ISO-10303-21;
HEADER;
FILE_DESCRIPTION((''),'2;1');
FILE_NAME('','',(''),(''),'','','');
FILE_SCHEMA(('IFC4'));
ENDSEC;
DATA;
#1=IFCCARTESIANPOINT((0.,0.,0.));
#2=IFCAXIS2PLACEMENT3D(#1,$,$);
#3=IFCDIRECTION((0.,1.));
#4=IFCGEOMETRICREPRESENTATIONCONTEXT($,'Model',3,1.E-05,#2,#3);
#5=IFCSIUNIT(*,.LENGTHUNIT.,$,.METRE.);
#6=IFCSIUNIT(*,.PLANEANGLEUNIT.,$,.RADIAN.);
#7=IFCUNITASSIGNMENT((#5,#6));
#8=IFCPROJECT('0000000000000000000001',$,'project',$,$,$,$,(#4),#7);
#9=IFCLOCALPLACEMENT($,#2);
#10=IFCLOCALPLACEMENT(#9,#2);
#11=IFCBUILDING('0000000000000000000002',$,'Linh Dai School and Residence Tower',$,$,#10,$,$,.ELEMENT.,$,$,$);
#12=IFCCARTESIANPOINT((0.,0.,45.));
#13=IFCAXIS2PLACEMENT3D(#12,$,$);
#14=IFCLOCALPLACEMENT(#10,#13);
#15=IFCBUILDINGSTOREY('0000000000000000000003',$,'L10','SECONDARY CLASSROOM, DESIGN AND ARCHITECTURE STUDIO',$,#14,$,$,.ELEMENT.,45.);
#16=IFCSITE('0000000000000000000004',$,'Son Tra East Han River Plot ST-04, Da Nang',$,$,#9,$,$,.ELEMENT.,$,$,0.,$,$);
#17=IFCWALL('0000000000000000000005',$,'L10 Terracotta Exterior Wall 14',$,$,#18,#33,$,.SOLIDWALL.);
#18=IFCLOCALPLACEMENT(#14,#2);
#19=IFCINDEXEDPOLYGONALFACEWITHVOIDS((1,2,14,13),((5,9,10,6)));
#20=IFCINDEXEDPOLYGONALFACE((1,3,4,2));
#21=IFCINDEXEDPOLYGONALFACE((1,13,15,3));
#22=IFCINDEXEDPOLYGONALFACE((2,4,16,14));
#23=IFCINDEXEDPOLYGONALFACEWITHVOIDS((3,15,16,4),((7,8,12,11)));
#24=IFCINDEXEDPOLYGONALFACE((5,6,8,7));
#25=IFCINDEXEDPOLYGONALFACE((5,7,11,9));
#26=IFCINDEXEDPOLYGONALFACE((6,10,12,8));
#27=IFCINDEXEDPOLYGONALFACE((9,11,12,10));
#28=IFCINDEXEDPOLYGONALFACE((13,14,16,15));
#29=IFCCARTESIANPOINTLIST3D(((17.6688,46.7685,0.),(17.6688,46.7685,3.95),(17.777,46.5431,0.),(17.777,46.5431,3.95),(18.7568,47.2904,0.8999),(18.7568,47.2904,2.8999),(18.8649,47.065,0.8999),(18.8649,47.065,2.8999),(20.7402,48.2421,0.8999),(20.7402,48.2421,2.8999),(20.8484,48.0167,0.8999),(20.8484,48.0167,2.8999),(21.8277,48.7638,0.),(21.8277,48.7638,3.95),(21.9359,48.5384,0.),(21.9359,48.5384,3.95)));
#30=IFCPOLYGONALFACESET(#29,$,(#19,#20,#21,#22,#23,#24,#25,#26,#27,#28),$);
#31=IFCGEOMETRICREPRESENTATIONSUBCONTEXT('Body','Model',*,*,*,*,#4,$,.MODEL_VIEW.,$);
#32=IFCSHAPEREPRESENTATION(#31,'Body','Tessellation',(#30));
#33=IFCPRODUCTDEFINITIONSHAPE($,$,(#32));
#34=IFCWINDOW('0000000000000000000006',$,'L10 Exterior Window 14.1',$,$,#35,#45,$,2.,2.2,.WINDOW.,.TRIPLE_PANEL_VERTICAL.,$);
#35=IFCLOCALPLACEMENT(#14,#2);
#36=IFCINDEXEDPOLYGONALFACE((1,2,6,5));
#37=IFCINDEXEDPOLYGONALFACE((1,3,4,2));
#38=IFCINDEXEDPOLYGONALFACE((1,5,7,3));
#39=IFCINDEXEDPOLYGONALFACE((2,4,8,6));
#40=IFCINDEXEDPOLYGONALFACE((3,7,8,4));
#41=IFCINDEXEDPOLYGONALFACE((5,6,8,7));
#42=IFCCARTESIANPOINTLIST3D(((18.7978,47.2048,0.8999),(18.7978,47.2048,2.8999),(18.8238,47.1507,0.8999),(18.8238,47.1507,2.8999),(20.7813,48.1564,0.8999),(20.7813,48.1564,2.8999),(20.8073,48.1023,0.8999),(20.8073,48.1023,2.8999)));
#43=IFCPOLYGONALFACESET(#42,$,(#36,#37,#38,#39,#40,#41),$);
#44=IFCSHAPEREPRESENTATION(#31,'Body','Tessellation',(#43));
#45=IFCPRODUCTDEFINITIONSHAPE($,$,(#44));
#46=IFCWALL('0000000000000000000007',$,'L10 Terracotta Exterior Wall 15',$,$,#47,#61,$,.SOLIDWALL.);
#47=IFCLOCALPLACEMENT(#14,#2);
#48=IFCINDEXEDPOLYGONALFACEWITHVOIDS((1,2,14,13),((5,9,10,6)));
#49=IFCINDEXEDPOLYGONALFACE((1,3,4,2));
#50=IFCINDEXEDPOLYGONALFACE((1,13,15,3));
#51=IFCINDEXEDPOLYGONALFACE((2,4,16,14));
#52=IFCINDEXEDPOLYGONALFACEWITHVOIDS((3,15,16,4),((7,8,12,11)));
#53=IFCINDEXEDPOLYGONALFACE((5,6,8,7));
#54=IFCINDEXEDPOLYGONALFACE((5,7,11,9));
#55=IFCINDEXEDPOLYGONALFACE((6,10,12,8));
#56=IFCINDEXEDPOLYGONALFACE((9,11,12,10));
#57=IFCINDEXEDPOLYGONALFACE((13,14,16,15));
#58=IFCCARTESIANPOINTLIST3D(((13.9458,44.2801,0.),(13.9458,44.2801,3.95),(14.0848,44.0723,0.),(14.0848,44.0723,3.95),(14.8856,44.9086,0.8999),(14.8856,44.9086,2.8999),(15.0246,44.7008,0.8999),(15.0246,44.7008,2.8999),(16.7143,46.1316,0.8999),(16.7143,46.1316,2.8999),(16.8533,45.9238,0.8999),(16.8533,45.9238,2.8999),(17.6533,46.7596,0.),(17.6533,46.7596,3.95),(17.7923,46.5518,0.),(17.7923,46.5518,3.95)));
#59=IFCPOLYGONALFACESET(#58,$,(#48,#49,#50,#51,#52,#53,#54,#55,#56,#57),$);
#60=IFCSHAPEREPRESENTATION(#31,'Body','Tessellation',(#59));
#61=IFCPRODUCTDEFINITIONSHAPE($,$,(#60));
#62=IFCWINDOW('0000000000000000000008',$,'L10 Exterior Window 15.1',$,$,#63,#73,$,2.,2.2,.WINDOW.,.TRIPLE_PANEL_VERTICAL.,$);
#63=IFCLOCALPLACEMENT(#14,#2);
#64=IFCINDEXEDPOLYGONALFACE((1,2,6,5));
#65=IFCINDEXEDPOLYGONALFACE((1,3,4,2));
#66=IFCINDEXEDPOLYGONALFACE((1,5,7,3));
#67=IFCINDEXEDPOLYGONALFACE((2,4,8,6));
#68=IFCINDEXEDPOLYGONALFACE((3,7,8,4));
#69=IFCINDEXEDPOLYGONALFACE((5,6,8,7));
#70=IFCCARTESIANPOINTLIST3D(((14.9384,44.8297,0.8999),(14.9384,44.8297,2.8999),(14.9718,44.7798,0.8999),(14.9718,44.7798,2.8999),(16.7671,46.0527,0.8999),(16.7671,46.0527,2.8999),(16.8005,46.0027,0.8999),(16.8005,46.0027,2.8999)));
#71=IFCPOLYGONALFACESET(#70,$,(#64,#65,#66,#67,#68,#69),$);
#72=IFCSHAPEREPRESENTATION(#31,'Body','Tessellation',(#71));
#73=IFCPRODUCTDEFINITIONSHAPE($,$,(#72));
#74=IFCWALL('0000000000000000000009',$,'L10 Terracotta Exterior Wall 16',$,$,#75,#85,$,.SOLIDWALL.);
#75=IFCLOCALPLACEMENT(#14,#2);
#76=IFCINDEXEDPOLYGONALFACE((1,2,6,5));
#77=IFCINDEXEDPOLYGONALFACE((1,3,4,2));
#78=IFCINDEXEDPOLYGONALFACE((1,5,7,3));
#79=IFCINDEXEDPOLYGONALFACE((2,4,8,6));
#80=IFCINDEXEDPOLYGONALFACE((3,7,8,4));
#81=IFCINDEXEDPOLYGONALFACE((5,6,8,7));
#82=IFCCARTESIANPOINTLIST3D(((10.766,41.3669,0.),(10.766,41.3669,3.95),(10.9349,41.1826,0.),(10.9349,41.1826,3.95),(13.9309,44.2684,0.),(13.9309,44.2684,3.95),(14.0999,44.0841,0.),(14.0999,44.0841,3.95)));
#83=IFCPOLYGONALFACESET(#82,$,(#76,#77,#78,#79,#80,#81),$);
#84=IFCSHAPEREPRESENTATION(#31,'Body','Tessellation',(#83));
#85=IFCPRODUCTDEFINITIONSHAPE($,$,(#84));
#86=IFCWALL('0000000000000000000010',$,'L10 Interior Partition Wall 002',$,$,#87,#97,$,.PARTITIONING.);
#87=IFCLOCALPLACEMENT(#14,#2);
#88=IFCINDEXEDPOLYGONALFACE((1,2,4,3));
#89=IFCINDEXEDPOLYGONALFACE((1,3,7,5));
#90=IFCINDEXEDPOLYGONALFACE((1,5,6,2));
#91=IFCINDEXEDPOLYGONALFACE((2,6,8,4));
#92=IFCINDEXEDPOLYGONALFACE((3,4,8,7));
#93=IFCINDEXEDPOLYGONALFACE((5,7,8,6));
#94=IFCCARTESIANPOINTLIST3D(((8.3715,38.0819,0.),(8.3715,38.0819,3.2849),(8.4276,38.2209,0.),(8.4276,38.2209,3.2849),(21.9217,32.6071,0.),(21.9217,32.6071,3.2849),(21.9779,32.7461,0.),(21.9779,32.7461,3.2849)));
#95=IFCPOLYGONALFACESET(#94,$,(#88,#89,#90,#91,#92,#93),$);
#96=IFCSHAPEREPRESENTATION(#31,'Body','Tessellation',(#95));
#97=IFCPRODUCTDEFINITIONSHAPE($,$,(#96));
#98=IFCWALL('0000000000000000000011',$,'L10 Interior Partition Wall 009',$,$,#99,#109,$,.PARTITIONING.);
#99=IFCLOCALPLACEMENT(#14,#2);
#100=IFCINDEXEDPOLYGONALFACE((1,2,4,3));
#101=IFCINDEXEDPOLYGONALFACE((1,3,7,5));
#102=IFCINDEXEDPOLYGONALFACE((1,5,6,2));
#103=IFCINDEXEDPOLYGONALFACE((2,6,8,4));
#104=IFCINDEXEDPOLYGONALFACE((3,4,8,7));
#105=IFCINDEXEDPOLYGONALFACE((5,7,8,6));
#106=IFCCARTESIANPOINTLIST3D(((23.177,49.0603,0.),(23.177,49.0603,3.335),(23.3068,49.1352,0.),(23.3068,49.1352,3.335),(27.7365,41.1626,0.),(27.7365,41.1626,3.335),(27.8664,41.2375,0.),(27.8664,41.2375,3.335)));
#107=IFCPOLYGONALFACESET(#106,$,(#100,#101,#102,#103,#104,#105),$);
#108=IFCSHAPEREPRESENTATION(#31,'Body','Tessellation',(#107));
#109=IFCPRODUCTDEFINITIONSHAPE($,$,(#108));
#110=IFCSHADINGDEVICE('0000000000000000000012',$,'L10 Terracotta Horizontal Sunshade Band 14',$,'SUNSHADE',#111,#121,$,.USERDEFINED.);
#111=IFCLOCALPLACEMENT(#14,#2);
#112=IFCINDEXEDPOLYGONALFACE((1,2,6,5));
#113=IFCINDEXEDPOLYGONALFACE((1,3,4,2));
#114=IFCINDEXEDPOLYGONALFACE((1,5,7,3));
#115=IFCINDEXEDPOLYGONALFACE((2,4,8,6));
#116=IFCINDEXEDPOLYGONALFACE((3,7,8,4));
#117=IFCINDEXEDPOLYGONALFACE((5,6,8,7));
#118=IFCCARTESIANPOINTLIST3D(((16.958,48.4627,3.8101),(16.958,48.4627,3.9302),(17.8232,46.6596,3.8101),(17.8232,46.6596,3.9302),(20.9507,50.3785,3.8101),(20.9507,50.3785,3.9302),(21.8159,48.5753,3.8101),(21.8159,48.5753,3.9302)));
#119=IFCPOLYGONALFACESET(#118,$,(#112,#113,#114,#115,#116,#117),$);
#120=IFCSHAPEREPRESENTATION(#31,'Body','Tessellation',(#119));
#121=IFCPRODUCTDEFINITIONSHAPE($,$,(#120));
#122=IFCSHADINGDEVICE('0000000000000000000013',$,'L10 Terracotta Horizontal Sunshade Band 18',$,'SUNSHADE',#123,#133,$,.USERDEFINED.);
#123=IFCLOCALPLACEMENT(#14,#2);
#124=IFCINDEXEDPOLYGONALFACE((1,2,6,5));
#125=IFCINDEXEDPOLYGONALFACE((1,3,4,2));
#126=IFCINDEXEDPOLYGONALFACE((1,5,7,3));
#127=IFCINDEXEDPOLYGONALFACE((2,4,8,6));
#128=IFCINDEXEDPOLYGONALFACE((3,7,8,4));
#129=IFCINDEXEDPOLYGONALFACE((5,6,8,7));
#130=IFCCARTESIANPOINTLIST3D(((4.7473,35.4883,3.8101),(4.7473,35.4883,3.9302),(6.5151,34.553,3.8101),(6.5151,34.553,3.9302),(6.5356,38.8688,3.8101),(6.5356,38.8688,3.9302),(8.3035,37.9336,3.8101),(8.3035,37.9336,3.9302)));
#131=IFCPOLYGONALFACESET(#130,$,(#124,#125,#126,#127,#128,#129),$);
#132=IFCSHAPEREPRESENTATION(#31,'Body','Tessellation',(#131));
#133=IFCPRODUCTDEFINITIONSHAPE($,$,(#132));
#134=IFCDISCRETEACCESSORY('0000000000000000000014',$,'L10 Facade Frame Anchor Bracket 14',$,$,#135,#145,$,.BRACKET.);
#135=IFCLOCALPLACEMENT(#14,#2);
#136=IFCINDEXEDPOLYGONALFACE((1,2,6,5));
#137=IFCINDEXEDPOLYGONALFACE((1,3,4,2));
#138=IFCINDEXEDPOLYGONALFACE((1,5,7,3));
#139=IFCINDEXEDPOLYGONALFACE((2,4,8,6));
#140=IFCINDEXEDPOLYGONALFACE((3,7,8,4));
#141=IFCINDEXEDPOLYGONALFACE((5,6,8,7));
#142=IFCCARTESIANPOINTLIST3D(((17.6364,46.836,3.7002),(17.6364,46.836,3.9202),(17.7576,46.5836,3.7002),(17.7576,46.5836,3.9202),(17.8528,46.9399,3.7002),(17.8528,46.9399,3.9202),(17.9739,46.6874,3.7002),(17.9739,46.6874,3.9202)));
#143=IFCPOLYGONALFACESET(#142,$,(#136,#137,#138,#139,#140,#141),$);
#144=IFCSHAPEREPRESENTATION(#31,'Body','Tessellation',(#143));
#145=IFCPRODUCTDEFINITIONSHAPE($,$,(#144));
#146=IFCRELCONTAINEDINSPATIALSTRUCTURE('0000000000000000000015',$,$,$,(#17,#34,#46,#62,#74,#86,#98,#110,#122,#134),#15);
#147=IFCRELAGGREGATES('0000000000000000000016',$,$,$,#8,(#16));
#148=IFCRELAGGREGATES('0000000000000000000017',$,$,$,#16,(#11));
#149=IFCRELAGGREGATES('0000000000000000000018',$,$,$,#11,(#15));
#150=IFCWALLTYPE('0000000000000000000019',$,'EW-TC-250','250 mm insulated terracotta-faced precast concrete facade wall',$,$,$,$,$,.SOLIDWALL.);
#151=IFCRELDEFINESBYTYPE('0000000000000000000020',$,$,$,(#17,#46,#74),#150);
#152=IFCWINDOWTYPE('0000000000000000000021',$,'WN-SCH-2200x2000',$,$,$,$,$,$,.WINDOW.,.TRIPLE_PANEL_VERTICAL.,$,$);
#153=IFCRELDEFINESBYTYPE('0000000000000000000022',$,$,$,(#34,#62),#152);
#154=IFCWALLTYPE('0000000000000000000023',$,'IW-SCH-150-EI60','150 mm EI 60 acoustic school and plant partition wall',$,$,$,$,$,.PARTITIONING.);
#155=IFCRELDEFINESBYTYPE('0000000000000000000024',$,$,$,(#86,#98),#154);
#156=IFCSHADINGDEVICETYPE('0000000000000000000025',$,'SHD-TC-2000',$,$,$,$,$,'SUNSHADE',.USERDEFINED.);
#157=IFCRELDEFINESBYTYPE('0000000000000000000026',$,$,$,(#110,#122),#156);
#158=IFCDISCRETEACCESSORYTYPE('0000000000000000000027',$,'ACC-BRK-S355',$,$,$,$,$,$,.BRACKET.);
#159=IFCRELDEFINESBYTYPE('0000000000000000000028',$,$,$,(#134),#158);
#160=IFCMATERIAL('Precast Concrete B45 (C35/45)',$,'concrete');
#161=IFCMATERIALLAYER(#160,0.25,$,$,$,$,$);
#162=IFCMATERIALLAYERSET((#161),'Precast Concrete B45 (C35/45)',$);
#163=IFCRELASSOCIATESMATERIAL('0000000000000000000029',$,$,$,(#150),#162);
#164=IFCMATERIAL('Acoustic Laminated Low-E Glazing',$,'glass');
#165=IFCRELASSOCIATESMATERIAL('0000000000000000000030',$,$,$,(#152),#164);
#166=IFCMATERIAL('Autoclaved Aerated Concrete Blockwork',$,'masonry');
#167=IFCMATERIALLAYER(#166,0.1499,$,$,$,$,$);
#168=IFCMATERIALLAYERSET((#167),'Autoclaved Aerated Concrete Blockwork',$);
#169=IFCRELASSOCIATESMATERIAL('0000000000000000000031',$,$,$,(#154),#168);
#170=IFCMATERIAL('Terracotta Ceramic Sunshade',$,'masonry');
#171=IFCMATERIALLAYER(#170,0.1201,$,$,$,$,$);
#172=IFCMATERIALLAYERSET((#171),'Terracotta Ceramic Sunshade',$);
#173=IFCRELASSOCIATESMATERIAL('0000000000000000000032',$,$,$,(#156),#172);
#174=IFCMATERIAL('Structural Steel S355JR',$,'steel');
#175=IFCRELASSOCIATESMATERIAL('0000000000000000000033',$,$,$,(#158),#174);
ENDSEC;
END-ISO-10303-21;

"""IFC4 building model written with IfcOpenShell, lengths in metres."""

from ifc_helpers import new_model, si_unit, direction, frame, frame_2d, origin, origin_2d, place, context, subcontext, project, spatial, rectangle, extrude, source, transform, mapped, material, layer, layer_set, type_object, element, fill, save


model = new_model("IFC4")

# Units and contexts
model_context = context("Model", 3, precision=1e-05, world=origin(), true_north=direction((0.0, 1.0)))
body_context = subcontext(model_context, "Body", "Model", "MODEL_VIEW")
ifc_project = project(units=[si_unit("LENGTHUNIT", "METRE"), si_unit("PLANEANGLEUNIT", "RADIAN")], contexts=[model_context])

# Site, building, storey
site_placement = place(None, origin())
site = spatial("IfcSite", under=ifc_project, at=site_placement, Name="Son Tra East Han River Plot ST-04, Da Nang", CompositionType="ELEMENT", RefElevation=0.0)
building_placement = place(site_placement, origin())
building = spatial("IfcBuilding", under=site, at=building_placement, Name="Linh Dai School and Residence Tower", CompositionType="ELEMENT")
storey_placement = place(building_placement, frame((0.0, 0.0, 45.0)))
storey = spatial("IfcBuildingStorey", under=building, at=storey_placement, Name="L10", Description="SECONDARY CLASSROOM, DESIGN AND ARCHITECTURE STUDIO", CompositionType="ELEMENT", Elevation=45.0)

# Shared definitions
ifc_material_1 = material(Name="Structural Steel S355JR", Category="steel")

# Shared definitions
ifc_material_2 = material(Name="Precast Concrete B45 (C35/45)", Category="concrete")

# Shared definitions
ifc_layer_1 = layer(ifc_material_2, 0.25)
ifc_layer_set_1 = layer_set([ifc_layer_1], Name="Precast Concrete B45 (C35/45)")
wall_type_1 = type_object("IfcWallType", Name="EW-TC-250", Description="250 mm insulated terracotta-faced precast concrete facade wall", PredefinedType="SOLIDWALL", material=ifc_layer_set_1)

# Walls, openings, windows
wall_1_placement = place(storey_placement, frame((17.7229, 46.6558, 0.0), z_axis=(0.0, 0.0, 1.0), x_axis=(0.901602, 0.432568, 0.0)))
wall_1 = element("IfcWall", 1, at=wall_1_placement, inside=storey, type_object=wall_type_1, Name="L10 Terracotta Exterior Wall 14", PredefinedType="SOLIDWALL", context=body_context, shape_type="SweptSolid", body=[
    extrude(rectangle(XDim=4.6128, YDim=0.25, at=frame_2d((2.3064, 0.0))), origin(), (0.0, 0.0, 1.0), 3.95),
])
opening_1_placement = place(wall_1_placement, frame((1.2065, 0.0, 0.8999)))
opening_1 = element("IfcOpeningElement", 2, at=opening_1_placement, cuts=wall_1, PredefinedType="OPENING", context=body_context, shape_type="SweptSolid", body=[
    extrude(rectangle(XDim=2.2, YDim=2.0, at=origin_2d()), frame((1.1001, 0.135, 1.0), z_axis=(0.0, -1.0, 0.0), x_axis=(1.0, 0.0, 0.0)), (0.0, 0.0, 1.0), 0.27),
])
ifc_material_3 = material(Name="Acoustic Laminated Low-E Glazing", Category="glass")
window_type = type_object("IfcWindowType", Name="WN-SCH-2200x2000", PartitioningType="TRIPLE_PANEL_VERTICAL", PredefinedType="WINDOW", material=ifc_material_3)
shared_shape_1 = source(origin(), body_context, "Body", "SweptSolid", [
    extrude(rectangle(XDim=2.2, YDim=2.0, at=origin_2d()), frame((1.1001, 0.03, 1.0), z_axis=(0.0, -1.0, 0.0), x_axis=(1.0, 0.0, 0.0)), (0.0, 0.0, 1.0), 0.0601),
])
window_1_placement = place(opening_1_placement, origin())
window_1 = element("IfcWindow", 3, at=window_1_placement, inside=storey, type_object=window_type, Name="L10 Exterior Window 14.1", OverallHeight=2.0, OverallWidth=2.2, PartitioningType="TRIPLE_PANEL_VERTICAL", PredefinedType="WINDOW", context=body_context, shape_type="MappedRepresentation", body=[
    mapped(shared_shape_1, transform((0.0, 0.0, 0.0), x_axis=(1.0, 0.0, 0.0), y_axis=(0.0, 1.0, 0.0), z_axis=(0.0, 0.0, 1.0), scale=1.0)),
])
fill(opening_1, window_1)
wall_2_placement = place(storey_placement, frame((14.0154, 44.1763, 0.0), z_axis=(0.0, 0.0, 1.0), x_axis=(0.831241, 0.555912, 0.0)))
wall_2 = element("IfcWall", 4, at=wall_2_placement, inside=storey, type_object=wall_type_1, Name="L10 Terracotta Exterior Wall 15", PredefinedType="SOLIDWALL", context=body_context, shape_type="SweptSolid", body=[
    extrude(rectangle(XDim=4.4602, YDim=0.25, at=frame_2d((2.23, 0.0))), origin(), (0.0, 0.0, 1.0), 3.95),
])
opening_2_placement = place(wall_2_placement, frame((1.1304, 0.0, 0.8999)))
opening_2 = element("IfcOpeningElement", 5, at=opening_2_placement, cuts=wall_2, PredefinedType="OPENING", context=body_context, shape_type="SweptSolid", body=[
    extrude(rectangle(XDim=2.2, YDim=2.0, at=origin_2d()), frame((1.1001, 0.135, 1.0), z_axis=(0.0, -1.0, 0.0), x_axis=(1.0, 0.0, 0.0)), (0.0, 0.0, 1.0), 0.27),
])
window_2_placement = place(opening_2_placement, origin())
window_2 = element("IfcWindow", 6, at=window_2_placement, inside=storey, type_object=window_type, Name="L10 Exterior Window 15.1", OverallHeight=2.0, OverallWidth=2.2, PartitioningType="TRIPLE_PANEL_VERTICAL", PredefinedType="WINDOW", context=body_context, shape_type="MappedRepresentation", body=[
    mapped(shared_shape_1, transform((0.0, 0.0, 0.0), x_axis=(1.0, 0.0, 0.0), y_axis=(0.0, 1.0, 0.0), z_axis=(0.0, 0.0, 1.0), scale=1.0)),
])
fill(opening_2, window_2)

# Walls
wall_3_placement = place(storey_placement, frame((10.8503, 41.2747, 0.0), z_axis=(0.0, 0.0, 1.0), x_axis=(0.737116, 0.675766, 0.0)))
element("IfcWall", 7, at=wall_3_placement, inside=storey, type_object=wall_type_1, Name="L10 Terracotta Exterior Wall 16", PredefinedType="SOLIDWALL", context=body_context, shape_type="SweptSolid", body=[
    extrude(rectangle(XDim=4.2937, YDim=0.25, at=frame_2d((2.147, 0.0))), origin(), (0.0, 0.0, 1.0), 3.95),
])
ifc_material_4 = material(Name="Autoclaved Aerated Concrete Blockwork", Category="masonry")
ifc_layer_2 = layer(ifc_material_4, 0.1499)
ifc_layer_set_2 = layer_set([ifc_layer_2], Name="Autoclaved Aerated Concrete Blockwork")
wall_type_2 = type_object("IfcWallType", Name="IW-SCH-150-EI60", Description="150 mm EI 60 acoustic school and plant partition wall", PredefinedType="PARTITIONING", material=ifc_layer_set_2)
wall_4_placement = place(storey_placement, frame((8.3997, 38.1514, 0.0), z_axis=(0.0, 0.0, 1.0), x_axis=(0.92718, -0.374617, 0.0)))
element("IfcWall", 8, at=wall_4_placement, inside=storey, type_object=wall_type_2, Name="L10 Interior Partition Wall 002", PredefinedType="PARTITIONING", context=body_context, shape_type="SweptSolid", body=[
    extrude(rectangle(XDim=14.6145, YDim=0.1499, at=frame_2d((7.3071, 0.0))), origin(), (0.0, 0.0, 1.0), 3.2849),
])
wall_5_placement = place(storey_placement, frame((23.2419, 49.0977, 0.0), z_axis=(0.0, 0.0, 1.0), x_axis=(0.499986, -0.866034, 0.0)))
element("IfcWall", 9, at=wall_5_placement, inside=storey, type_object=wall_type_2, Name="L10 Interior Partition Wall 009", PredefinedType="PARTITIONING", context=body_context, shape_type="SweptSolid", body=[
    extrude(rectangle(XDim=9.1194, YDim=0.1499, at=frame_2d((4.5596, 0.0))), origin(), (0.0, 0.0, 1.0), 3.335),
])

# Shading devices
ifc_material_5 = material(Name="Terracotta Ceramic Sunshade", Category="masonry")
ifc_layer_3 = layer(ifc_material_5, 0.1201)
ifc_layer_set_3 = layer_set([ifc_layer_3], Name="Terracotta Ceramic Sunshade")
shading_device_type = type_object("IfcShadingDeviceType", Name="SHD-TC-2000", ElementType="SUNSHADE", PredefinedType="USERDEFINED", material=ifc_layer_set_3)
shared_shape_2 = source(origin(), body_context, "Body", "SweptSolid", [
    extrude(rectangle(XDim=4.4285, YDim=2.0, at=origin_2d()), origin(), (0.0, 0.0, 1.0), 0.1201),
])
shading_device_1_placement = place(storey_placement, frame((19.387, 48.519, 3.8101), z_axis=(0.0, 0.0, 1.0), x_axis=(0.901585, 0.432603, 0.0)))
element("IfcShadingDevice", 10, at=shading_device_1_placement, inside=storey, type_object=shading_device_type, Name="L10 Terracotta Horizontal Sunshade Band 14", ObjectType="SUNSHADE", PredefinedType="USERDEFINED", context=body_context, shape_type="MappedRepresentation", body=[
    mapped(shared_shape_2, transform((0.0, 0.0, 0.0), x_axis=(1.0, 0.0, 0.0), y_axis=(0.0, 1.0, 0.0), z_axis=(0.0, 0.0, 1.0), scale=1.0)),
])
shared_shape_3 = source(origin(), body_context, "Body", "SweptSolid", [
    extrude(rectangle(XDim=3.8245, YDim=2.0, at=origin_2d()), origin(), (0.0, 0.0, 1.0), 0.1201),
])
shading_device_2_placement = place(storey_placement, frame((6.5254, 36.7109, 3.8101), z_axis=(0.0, 0.0, 1.0), x_axis=(0.467612, 0.883934, 0.0)))
element("IfcShadingDevice", 11, at=shading_device_2_placement, inside=storey, type_object=shading_device_type, Name="L10 Terracotta Horizontal Sunshade Band 18", ObjectType="SUNSHADE", PredefinedType="USERDEFINED", context=body_context, shape_type="MappedRepresentation", body=[
    mapped(shared_shape_3, transform((0.0, 0.0, 0.0), x_axis=(1.0, 0.0, 0.0), y_axis=(0.0, 1.0, 0.0), z_axis=(0.0, 0.0, 1.0), scale=1.0)),
])

# Discrete accessory
discrete_accessory_type = type_object("IfcDiscreteAccessoryType", Name="ACC-BRK-S355", PredefinedType="BRACKET", material=ifc_material_1)
shared_shape_4 = source(origin(), body_context, "Body", "SweptSolid", [
    extrude(rectangle(XDim=0.28, YDim=0.24, at=origin_2d()), origin(), (0.0, 0.0, 1.0), 0.22),
])
discrete_accessory_placement = place(storey_placement, frame((17.8052, 46.7617, 3.7002), z_axis=(0.0, 0.0, 1.0), x_axis=(-0.432603, 0.901585, 0.0)))
element("IfcDiscreteAccessory", 12, at=discrete_accessory_placement, inside=storey, type_object=discrete_accessory_type, Name="L10 Facade Frame Anchor Bracket 14", PredefinedType="BRACKET", context=body_context, shape_type="MappedRepresentation", body=[
    mapped(shared_shape_4, transform((0.0, 0.0, 0.0), x_axis=(1.0, 0.0, 0.0), y_axis=(0.0, 1.0, 0.0), z_axis=(0.0, 0.0, 1.0), scale=1.0)),
])

save(model, "model.ifc")
